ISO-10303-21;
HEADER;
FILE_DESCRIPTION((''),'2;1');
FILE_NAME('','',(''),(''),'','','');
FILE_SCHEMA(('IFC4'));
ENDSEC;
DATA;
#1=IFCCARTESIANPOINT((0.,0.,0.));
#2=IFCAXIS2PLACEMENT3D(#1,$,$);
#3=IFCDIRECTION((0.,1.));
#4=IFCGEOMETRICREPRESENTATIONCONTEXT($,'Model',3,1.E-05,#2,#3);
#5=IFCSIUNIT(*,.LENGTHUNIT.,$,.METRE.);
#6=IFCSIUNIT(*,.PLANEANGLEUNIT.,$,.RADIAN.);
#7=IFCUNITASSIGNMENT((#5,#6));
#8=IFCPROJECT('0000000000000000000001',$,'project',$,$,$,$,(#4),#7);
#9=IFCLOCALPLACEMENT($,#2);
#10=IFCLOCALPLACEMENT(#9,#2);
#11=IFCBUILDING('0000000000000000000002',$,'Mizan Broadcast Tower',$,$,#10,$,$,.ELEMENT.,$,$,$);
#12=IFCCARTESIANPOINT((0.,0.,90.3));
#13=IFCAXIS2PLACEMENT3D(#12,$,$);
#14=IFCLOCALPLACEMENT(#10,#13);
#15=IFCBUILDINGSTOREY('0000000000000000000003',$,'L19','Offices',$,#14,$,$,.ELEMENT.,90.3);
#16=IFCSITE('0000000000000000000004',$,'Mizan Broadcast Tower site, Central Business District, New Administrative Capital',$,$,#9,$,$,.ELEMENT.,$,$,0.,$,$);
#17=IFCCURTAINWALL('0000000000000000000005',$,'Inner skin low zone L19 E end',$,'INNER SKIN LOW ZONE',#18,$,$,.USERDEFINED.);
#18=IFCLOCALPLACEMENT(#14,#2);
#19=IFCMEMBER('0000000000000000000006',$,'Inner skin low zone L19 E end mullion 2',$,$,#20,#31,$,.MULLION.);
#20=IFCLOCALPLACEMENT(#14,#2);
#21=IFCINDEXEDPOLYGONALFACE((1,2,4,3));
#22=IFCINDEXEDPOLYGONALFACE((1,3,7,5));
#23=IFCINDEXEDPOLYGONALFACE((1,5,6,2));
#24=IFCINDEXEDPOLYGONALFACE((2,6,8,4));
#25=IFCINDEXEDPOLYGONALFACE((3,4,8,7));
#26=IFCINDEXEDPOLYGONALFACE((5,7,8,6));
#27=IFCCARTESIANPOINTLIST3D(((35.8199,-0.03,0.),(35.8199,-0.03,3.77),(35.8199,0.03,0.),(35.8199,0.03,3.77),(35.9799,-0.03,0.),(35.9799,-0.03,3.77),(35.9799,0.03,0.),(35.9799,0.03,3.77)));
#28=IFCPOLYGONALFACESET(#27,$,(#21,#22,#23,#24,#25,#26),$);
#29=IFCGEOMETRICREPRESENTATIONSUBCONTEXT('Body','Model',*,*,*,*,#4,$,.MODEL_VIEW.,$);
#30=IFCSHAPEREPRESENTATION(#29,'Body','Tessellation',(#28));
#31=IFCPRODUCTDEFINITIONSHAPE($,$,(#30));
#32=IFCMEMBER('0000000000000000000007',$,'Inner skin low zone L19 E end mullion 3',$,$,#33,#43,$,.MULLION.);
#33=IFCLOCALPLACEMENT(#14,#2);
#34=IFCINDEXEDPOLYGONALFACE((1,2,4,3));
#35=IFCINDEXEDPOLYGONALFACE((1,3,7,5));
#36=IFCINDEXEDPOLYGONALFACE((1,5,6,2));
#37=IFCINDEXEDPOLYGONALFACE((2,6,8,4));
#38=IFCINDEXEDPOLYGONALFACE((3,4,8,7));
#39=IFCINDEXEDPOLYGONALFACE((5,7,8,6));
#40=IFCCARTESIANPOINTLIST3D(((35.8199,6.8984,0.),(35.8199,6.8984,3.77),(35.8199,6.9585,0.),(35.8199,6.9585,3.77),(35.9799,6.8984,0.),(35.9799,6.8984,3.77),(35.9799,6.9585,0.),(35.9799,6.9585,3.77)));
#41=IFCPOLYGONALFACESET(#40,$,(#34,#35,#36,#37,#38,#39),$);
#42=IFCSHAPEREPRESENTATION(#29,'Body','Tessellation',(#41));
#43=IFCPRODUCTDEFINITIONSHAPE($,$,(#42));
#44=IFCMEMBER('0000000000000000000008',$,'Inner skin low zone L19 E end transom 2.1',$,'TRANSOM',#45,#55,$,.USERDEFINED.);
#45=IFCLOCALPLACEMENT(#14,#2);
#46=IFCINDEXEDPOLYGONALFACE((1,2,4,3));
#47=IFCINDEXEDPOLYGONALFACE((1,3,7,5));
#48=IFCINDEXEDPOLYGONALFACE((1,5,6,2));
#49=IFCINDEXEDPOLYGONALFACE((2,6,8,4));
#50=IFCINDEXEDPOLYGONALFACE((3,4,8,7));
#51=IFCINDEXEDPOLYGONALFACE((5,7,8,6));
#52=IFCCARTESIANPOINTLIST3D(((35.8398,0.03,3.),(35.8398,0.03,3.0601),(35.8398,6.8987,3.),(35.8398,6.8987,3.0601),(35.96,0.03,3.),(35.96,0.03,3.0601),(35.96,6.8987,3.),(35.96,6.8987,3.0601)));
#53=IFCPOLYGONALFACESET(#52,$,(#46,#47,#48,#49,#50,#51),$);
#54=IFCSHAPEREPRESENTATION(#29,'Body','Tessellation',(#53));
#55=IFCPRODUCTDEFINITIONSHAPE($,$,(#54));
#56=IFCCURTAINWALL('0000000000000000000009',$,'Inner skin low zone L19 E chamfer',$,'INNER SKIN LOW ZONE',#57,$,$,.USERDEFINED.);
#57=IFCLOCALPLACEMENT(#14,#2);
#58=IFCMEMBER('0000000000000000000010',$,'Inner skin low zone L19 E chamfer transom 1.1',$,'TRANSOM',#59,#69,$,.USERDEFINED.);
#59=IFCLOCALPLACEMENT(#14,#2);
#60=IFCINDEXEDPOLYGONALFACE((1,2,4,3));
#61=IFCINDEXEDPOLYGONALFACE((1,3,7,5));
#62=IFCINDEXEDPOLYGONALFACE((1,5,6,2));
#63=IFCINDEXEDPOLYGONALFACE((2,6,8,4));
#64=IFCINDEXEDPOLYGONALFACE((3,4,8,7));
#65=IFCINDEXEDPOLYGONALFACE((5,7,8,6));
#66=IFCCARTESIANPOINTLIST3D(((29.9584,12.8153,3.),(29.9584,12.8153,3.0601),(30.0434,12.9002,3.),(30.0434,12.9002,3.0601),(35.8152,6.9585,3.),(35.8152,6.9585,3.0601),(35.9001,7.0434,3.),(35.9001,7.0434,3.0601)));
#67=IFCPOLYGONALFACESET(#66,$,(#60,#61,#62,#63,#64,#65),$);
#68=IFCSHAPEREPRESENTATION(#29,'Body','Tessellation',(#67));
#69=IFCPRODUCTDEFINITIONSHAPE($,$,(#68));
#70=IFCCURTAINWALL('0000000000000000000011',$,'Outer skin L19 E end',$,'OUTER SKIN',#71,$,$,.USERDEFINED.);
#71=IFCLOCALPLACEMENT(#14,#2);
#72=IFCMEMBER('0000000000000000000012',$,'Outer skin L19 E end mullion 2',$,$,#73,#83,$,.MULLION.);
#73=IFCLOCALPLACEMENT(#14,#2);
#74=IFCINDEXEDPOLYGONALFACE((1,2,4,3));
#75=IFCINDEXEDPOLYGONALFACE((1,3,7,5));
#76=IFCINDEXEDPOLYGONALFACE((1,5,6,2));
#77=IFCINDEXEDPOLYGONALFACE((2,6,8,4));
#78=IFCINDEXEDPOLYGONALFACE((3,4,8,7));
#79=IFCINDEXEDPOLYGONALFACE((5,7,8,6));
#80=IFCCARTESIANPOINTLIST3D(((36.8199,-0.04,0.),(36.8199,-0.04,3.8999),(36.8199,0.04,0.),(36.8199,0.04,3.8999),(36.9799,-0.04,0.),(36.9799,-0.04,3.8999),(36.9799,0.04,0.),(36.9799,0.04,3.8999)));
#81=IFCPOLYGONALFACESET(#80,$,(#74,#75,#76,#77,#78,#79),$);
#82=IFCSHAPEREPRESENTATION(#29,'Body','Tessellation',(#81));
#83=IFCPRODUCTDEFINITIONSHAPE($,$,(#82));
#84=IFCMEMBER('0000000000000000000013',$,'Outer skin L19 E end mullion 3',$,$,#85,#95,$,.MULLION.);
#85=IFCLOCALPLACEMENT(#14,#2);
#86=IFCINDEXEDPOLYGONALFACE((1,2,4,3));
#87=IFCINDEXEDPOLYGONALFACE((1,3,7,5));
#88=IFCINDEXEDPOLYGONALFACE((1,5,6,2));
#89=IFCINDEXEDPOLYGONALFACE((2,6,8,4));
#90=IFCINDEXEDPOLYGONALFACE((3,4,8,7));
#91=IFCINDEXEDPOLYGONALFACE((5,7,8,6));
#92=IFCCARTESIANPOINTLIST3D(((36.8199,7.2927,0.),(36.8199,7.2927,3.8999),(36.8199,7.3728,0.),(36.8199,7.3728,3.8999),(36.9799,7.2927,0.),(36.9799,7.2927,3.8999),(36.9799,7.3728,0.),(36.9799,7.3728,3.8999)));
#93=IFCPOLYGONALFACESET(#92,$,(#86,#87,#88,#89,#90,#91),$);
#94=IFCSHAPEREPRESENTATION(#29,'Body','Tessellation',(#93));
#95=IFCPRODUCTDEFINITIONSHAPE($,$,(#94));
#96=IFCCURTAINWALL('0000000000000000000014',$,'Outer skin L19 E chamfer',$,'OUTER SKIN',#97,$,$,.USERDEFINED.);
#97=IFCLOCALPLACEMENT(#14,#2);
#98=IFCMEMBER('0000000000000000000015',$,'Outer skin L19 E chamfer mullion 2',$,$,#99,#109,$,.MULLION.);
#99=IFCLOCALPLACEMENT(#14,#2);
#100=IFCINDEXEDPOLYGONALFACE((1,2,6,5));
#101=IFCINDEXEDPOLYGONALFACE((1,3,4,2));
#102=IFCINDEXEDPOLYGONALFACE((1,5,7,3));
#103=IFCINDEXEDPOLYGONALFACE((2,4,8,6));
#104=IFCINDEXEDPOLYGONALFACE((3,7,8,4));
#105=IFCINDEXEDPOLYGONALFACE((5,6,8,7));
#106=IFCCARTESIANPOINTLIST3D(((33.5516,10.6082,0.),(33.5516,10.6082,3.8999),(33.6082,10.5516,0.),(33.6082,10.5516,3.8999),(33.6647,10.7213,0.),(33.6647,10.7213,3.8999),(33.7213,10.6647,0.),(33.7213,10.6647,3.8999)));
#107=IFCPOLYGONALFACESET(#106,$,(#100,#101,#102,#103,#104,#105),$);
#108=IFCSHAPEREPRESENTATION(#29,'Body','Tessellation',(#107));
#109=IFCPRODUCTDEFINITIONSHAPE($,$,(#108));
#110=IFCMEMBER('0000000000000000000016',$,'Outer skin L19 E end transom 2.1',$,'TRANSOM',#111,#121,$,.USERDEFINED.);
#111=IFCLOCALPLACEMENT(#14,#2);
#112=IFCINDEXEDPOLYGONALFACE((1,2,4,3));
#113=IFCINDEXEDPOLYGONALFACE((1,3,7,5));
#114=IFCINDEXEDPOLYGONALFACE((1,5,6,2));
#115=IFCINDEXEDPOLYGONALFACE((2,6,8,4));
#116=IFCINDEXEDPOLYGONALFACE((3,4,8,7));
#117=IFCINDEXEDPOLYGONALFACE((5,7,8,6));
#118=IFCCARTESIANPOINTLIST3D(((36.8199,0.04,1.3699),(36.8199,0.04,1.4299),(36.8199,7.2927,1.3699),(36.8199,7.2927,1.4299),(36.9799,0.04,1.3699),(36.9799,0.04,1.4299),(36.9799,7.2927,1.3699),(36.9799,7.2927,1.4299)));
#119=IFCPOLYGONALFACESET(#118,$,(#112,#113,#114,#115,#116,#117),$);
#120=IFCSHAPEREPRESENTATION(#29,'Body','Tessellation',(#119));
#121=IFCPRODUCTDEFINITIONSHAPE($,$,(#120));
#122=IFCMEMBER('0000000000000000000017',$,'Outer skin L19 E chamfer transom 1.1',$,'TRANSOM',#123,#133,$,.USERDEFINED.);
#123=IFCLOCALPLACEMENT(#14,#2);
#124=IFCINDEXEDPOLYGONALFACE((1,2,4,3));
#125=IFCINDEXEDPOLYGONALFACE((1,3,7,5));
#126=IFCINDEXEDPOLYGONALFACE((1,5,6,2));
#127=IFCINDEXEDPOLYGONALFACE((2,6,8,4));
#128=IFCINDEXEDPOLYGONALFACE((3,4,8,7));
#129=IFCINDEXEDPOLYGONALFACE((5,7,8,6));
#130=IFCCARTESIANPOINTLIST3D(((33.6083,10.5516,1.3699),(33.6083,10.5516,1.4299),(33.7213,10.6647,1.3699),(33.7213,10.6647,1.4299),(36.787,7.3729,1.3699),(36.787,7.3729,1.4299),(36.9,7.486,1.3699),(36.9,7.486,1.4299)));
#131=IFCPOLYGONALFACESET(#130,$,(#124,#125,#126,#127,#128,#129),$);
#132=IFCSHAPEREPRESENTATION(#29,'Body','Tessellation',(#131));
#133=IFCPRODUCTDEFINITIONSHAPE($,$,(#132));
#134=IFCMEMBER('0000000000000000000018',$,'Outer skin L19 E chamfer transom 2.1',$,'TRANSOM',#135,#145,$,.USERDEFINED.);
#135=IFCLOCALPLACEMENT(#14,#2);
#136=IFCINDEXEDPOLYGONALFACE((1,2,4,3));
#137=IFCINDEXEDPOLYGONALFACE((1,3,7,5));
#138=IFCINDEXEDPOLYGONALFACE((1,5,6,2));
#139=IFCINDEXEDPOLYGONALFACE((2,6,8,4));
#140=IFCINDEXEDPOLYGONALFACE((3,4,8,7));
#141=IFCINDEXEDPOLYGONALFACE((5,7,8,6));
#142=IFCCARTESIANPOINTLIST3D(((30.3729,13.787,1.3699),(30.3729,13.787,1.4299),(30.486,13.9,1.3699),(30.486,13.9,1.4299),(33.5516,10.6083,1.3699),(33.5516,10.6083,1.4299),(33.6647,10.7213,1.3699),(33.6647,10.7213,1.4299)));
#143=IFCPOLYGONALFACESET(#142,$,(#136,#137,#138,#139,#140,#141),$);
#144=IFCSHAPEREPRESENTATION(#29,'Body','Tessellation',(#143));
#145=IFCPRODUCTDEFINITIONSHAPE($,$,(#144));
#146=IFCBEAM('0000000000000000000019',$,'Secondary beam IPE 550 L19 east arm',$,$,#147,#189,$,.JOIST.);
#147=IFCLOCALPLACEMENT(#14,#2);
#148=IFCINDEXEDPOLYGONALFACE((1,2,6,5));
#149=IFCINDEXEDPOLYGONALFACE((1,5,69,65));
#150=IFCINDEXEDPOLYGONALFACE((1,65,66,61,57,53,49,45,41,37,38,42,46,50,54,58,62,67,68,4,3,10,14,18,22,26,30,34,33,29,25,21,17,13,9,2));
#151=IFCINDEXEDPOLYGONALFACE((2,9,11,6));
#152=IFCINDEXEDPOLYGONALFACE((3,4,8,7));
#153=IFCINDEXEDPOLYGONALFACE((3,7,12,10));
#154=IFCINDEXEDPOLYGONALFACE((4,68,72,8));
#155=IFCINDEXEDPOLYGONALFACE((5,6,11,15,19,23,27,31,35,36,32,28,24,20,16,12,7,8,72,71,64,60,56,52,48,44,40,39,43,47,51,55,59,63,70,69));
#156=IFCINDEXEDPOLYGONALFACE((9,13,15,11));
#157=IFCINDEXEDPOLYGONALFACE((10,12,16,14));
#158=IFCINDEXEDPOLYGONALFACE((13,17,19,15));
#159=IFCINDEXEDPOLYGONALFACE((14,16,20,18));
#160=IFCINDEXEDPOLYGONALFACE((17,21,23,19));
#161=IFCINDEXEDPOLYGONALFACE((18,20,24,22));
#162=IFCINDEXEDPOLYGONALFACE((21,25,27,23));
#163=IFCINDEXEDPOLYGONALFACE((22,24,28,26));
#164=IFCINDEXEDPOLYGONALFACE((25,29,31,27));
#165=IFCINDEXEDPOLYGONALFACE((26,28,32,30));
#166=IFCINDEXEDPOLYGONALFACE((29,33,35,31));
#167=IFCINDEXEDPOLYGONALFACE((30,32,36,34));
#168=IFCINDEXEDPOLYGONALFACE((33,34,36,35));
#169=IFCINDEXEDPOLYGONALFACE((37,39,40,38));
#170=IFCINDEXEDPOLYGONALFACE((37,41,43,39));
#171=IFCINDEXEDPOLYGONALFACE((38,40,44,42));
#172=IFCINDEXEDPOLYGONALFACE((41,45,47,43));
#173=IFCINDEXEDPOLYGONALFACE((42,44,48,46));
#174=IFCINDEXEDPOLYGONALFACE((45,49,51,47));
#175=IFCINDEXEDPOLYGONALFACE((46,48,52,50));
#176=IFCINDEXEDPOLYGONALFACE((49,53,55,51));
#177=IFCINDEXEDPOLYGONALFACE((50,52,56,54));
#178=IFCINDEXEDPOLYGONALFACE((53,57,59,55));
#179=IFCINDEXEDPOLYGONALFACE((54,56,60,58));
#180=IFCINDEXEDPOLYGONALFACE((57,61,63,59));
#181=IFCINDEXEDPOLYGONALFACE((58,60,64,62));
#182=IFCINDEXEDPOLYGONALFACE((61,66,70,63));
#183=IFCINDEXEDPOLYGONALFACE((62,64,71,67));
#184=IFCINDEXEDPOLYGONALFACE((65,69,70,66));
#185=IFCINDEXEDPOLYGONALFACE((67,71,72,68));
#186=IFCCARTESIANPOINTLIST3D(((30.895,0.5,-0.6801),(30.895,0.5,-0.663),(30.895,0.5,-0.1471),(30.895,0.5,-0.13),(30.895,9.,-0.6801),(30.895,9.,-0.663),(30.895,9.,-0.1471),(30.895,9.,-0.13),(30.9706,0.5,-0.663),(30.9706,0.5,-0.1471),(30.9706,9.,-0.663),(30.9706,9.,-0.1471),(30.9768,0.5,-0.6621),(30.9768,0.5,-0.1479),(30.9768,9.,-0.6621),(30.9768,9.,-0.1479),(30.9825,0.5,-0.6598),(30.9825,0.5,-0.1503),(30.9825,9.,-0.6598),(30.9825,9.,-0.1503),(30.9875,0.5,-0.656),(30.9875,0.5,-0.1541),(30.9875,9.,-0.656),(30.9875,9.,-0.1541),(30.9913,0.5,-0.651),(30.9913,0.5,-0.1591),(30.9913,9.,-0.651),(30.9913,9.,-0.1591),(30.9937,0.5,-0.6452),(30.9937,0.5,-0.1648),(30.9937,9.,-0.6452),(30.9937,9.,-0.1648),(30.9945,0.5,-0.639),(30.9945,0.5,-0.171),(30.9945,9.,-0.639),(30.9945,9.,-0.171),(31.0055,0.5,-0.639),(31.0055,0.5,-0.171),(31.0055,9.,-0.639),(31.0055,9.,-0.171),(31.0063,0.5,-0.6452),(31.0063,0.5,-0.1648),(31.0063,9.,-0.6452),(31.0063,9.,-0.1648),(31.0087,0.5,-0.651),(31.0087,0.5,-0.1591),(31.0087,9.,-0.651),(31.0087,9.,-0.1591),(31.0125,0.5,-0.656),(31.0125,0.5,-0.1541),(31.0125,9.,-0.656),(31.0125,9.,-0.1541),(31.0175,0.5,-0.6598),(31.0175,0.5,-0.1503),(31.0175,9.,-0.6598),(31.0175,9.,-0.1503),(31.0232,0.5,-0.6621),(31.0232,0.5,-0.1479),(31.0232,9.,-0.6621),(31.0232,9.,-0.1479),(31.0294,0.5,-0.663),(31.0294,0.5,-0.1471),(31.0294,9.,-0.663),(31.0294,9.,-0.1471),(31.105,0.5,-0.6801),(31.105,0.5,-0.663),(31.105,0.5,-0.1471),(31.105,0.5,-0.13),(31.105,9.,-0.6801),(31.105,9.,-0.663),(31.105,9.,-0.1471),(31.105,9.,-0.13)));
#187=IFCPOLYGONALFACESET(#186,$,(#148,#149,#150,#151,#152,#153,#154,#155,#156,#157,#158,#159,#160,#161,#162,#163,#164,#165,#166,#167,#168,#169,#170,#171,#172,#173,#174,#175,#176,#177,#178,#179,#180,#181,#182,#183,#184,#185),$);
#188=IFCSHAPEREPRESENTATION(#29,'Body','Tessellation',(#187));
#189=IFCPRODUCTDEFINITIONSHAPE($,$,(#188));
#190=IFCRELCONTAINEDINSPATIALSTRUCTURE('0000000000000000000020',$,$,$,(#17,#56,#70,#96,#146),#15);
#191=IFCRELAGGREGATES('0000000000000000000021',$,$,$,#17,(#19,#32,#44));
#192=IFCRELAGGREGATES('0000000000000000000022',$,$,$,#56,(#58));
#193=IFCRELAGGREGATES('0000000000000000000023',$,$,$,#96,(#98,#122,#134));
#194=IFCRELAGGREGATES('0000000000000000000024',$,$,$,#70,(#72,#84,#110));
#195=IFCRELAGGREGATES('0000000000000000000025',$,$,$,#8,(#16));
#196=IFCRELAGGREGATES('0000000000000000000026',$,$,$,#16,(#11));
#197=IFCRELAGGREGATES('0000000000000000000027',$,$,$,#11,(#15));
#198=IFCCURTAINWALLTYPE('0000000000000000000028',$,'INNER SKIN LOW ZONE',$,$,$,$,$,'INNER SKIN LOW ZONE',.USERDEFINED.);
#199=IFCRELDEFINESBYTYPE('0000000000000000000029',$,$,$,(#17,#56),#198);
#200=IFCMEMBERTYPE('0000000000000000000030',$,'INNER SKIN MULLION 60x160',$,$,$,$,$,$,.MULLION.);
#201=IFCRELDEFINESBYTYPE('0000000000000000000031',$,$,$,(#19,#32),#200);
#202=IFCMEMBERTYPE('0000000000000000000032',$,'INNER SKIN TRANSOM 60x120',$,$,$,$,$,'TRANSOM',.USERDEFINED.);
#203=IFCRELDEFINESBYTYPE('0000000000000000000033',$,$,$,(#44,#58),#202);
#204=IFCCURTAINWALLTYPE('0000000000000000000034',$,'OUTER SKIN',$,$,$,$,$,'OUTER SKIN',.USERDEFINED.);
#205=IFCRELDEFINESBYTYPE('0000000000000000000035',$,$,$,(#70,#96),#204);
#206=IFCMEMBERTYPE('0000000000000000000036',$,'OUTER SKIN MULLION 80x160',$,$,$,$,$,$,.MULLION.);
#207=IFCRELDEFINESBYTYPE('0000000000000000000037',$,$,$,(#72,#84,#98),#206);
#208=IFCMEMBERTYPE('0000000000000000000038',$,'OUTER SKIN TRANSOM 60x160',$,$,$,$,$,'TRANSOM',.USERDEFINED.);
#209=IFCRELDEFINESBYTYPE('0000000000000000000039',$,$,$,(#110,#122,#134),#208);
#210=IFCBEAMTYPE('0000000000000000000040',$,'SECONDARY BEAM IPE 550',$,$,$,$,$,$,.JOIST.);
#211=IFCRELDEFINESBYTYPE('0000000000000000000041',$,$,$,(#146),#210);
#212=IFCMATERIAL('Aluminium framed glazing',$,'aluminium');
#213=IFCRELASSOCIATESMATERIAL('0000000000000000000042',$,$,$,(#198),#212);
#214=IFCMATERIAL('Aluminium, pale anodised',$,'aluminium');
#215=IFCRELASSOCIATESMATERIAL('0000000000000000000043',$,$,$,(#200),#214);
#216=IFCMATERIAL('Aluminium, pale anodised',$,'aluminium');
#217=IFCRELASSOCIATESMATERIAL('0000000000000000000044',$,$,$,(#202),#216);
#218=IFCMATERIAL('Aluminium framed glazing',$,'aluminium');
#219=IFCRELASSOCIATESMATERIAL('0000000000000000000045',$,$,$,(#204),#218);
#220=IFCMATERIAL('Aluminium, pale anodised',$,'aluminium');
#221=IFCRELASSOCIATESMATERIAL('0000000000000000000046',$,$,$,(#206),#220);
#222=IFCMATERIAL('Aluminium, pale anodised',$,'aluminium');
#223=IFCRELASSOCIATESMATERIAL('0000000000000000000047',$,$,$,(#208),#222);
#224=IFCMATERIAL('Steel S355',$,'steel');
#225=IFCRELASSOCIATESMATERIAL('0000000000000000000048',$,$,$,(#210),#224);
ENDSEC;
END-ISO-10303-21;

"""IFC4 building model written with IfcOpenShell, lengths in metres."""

from ifc_helpers import new_model, si_unit, direction, frame, origin, origin_2d, place, context, subcontext, project, spatial, rectangle, i_section, extrude, material, material_profile, profile_set, type_object, element, aggregate, save


model = new_model("IFC4")

# Units and contexts
model_context = context("Model", 3, precision=1e-05, world=origin(), true_north=direction((0.0, 1.0)))
body_context = subcontext(model_context, "Body", "Model", "MODEL_VIEW")
ifc_project = project(units=[si_unit("LENGTHUNIT", "METRE"), si_unit("PLANEANGLEUNIT", "RADIAN")], contexts=[model_context])

# Site, building, storey
site_placement = place(None, origin())
site = spatial("IfcSite", under=ifc_project, at=site_placement, Name="Mizan Broadcast Tower site, Central Business District, New Administrative Capital", CompositionType="ELEMENT", RefElevation=0.0)
building_placement = place(site_placement, origin())
building = spatial("IfcBuilding", under=site, at=building_placement, Name="Mizan Broadcast Tower", CompositionType="ELEMENT")
storey_placement = place(building_placement, frame((0.0, 0.0, 90.3)))
storey = spatial("IfcBuildingStorey", under=building, at=storey_placement, Name="L19", Description="Offices", CompositionType="ELEMENT", Elevation=90.3)

# Curtain wall, members
ifc_material_1 = material(Name="Aluminium framed glazing", Category="aluminium")
curtain_wall_type_1 = type_object("IfcCurtainWallType", Name="INNER SKIN LOW ZONE", ElementType="INNER SKIN LOW ZONE", PredefinedType="USERDEFINED", material=ifc_material_1)
curtain_wall_1_placement = place(storey_placement, origin())
curtain_wall_1 = element("IfcCurtainWall", 1, at=curtain_wall_1_placement, inside=storey, type_object=curtain_wall_type_1, Name="Inner skin low zone L19 E end", ObjectType="INNER SKIN LOW ZONE", PredefinedType="USERDEFINED")
ifc_material_2 = material(Name="Aluminium, pale anodised", Category="aluminium")
ifc_material_profile_1 = material_profile(ifc_material_2, rectangle(XDim=0.1599, YDim=0.0601, at=origin_2d()), Name="MULLION 160x60")
ifc_profile_set_1 = profile_set([ifc_material_profile_1], Name="Aluminium, pale anodised")
member_type_1 = type_object("IfcMemberType", Name="INNER SKIN MULLION 60x160", PredefinedType="MULLION", material=ifc_profile_set_1)
member_1_placement = place(storey_placement, frame((35.8999, 0.0, 0.0), z_axis=(0.0, 0.0, 1.0), x_axis=(-1.0, 0.0, 0.0)))
member_1 = element("IfcMember", 2, at=member_1_placement, type_object=member_type_1, Name="Inner skin low zone L19 E end mullion 2", PredefinedType="MULLION", context=body_context, shape_type="SweptSolid", body=[
    extrude(rectangle(XDim=0.1599, YDim=0.0601, at=origin_2d()), origin(), (0.0, 0.0, 1.0), 3.77),
])
member_2_placement = place(storey_placement, frame((35.8999, 6.9285, 0.0), z_axis=(0.0, 0.0, 1.0), x_axis=(-1.0, 0.0, 0.0)))
member_2 = element("IfcMember", 3, at=member_2_placement, type_object=member_type_1, Name="Inner skin low zone L19 E end mullion 3", PredefinedType="MULLION", context=body_context, shape_type="SweptSolid", body=[
    extrude(rectangle(XDim=0.1599, YDim=0.0601, at=origin_2d()), origin(), (0.0, 0.0, 1.0), 3.77),
])
ifc_material_3 = material(Name="Aluminium, pale anodised", Category="aluminium")
ifc_material_profile_2 = material_profile(ifc_material_3, rectangle(XDim=0.1201, YDim=0.0601, at=origin_2d()), Name="TRANSOM 120x60")
ifc_profile_set_2 = profile_set([ifc_material_profile_2], Name="Aluminium, pale anodised")
member_type_2 = type_object("IfcMemberType", Name="INNER SKIN TRANSOM 60x120", ElementType="TRANSOM", PredefinedType="USERDEFINED", material=ifc_profile_set_2)
member_3_placement = place(storey_placement, frame((35.8999, 0.03, 3.03), z_axis=(0.0, 1.0, 0.0), x_axis=(-1.0, 0.0, 0.0)))
member_3 = element("IfcMember", 4, at=member_3_placement, type_object=member_type_2, Name="Inner skin low zone L19 E end transom 2.1", ObjectType="TRANSOM", PredefinedType="USERDEFINED", context=body_context, shape_type="SweptSolid", body=[
    extrude(rectangle(XDim=0.1201, YDim=0.0601, at=origin_2d()), origin(), (0.0, 0.0, 1.0), 6.8687),
])

# Curtain wall, member
curtain_wall_2_placement = place(storey_placement, origin())
curtain_wall_2 = element("IfcCurtainWall", 5, at=curtain_wall_2_placement, inside=storey, type_object=curtain_wall_type_1, Name="Inner skin low zone L19 E chamfer", ObjectType="INNER SKIN LOW ZONE", PredefinedType="USERDEFINED")
member_4_placement = place(storey_placement, frame((35.8577, 7.001, 3.03), z_axis=(-0.707107, 0.707107, 0.0), x_axis=(-0.707107, -0.707107, 0.0)))
member_4 = element("IfcMember", 6, at=member_4_placement, type_object=member_type_2, Name="Inner skin low zone L19 E chamfer transom 1.1", ObjectType="TRANSOM", PredefinedType="USERDEFINED", context=body_context, shape_type="SweptSolid", body=[
    extrude(rectangle(XDim=0.1201, YDim=0.0601, at=origin_2d()), origin(), (0.0, 0.0, 1.0), 8.2827),
])

# Curtain wall, members
ifc_material_4 = material(Name="Aluminium framed glazing", Category="aluminium")
curtain_wall_type_2 = type_object("IfcCurtainWallType", Name="OUTER SKIN", ElementType="OUTER SKIN", PredefinedType="USERDEFINED", material=ifc_material_4)
curtain_wall_3_placement = place(storey_placement, origin())
curtain_wall_3 = element("IfcCurtainWall", 7, at=curtain_wall_3_placement, inside=storey, type_object=curtain_wall_type_2, Name="Outer skin L19 E end", ObjectType="OUTER SKIN", PredefinedType="USERDEFINED")
ifc_material_5 = material(Name="Aluminium, pale anodised", Category="aluminium")
ifc_material_profile_3 = material_profile(ifc_material_5, rectangle(XDim=0.1599, YDim=0.0801, at=origin_2d()), Name="MULLION 160x80")
ifc_profile_set_3 = profile_set([ifc_material_profile_3], Name="Aluminium, pale anodised")
member_type_3 = type_object("IfcMemberType", Name="OUTER SKIN MULLION 80x160", PredefinedType="MULLION", material=ifc_profile_set_3)
member_5_placement = place(storey_placement, frame((36.8999, 0.0, 0.0), z_axis=(0.0, 0.0, 1.0), x_axis=(-1.0, 0.0, 0.0)))
member_5 = element("IfcMember", 8, at=member_5_placement, type_object=member_type_3, Name="Outer skin L19 E end mullion 2", PredefinedType="MULLION", context=body_context, shape_type="SweptSolid", body=[
    extrude(rectangle(XDim=0.1599, YDim=0.0801, at=origin_2d()), origin(), (0.0, 0.0, 1.0), 3.8999),
])
member_6_placement = place(storey_placement, frame((36.8999, 7.3328, 0.0), z_axis=(0.0, 0.0, 1.0), x_axis=(-1.0, 0.0, 0.0)))
member_6 = element("IfcMember", 9, at=member_6_placement, type_object=member_type_3, Name="Outer skin L19 E end mullion 3", PredefinedType="MULLION", context=body_context, shape_type="SweptSolid", body=[
    extrude(rectangle(XDim=0.1599, YDim=0.0801, at=origin_2d()), origin(), (0.0, 0.0, 1.0), 3.8999),
])

# Curtain wall, member
curtain_wall_4_placement = place(storey_placement, origin())
curtain_wall_4 = element("IfcCurtainWall", 10, at=curtain_wall_4_placement, inside=storey, type_object=curtain_wall_type_2, Name="Outer skin L19 E chamfer", ObjectType="OUTER SKIN", PredefinedType="USERDEFINED")
member_7_placement = place(storey_placement, frame((33.6365, 10.6365, 0.0), z_axis=(0.0, 0.0, 1.0), x_axis=(-0.707107, -0.707107, 0.0)))
member_7 = element("IfcMember", 11, at=member_7_placement, type_object=member_type_3, Name="Outer skin L19 E chamfer mullion 2", PredefinedType="MULLION", context=body_context, shape_type="SweptSolid", body=[
    extrude(rectangle(XDim=0.1599, YDim=0.0801, at=origin_2d()), origin(), (0.0, 0.0, 1.0), 3.8999),
])

# Members
ifc_material_6 = material(Name="Aluminium, pale anodised", Category="aluminium")
ifc_material_profile_4 = material_profile(ifc_material_6, rectangle(XDim=0.1599, YDim=0.0601, at=origin_2d()), Name="TRANSOM 160x60")
ifc_profile_set_4 = profile_set([ifc_material_profile_4], Name="Aluminium, pale anodised")
member_type_4 = type_object("IfcMemberType", Name="OUTER SKIN TRANSOM 60x160", ElementType="TRANSOM", PredefinedType="USERDEFINED", material=ifc_profile_set_4)
member_8_placement = place(storey_placement, frame((36.8999, 0.04, 1.3999), z_axis=(0.0, 1.0, 0.0), x_axis=(-1.0, 0.0, 0.0)))
member_8 = element("IfcMember", 12, at=member_8_placement, type_object=member_type_4, Name="Outer skin L19 E end transom 2.1", ObjectType="TRANSOM", PredefinedType="USERDEFINED", context=body_context, shape_type="SweptSolid", body=[
    extrude(rectangle(XDim=0.1599, YDim=0.0601, at=origin_2d()), origin(), (0.0, 0.0, 1.0), 7.2527),
])
member_9_placement = place(storey_placement, frame((36.8435, 7.4294, 1.3999), z_axis=(-0.707107, 0.707107, 0.0), x_axis=(-0.707107, -0.707107, 0.0)))
member_9 = element("IfcMember", 13, at=member_9_placement, type_object=member_type_4, Name="Outer skin L19 E chamfer transom 1.1", ObjectType="TRANSOM", PredefinedType="USERDEFINED", context=body_context, shape_type="SweptSolid", body=[
    extrude(rectangle(XDim=0.1599, YDim=0.0601, at=origin_2d()), origin(), (0.0, 0.0, 1.0), 4.4954),
])
member_10_placement = place(storey_placement, frame((33.6082, 10.6648, 1.3999), z_axis=(-0.707107, 0.707107, 0.0), x_axis=(-0.707107, -0.707107, 0.0)))
member_10 = element("IfcMember", 14, at=member_10_placement, type_object=member_type_4, Name="Outer skin L19 E chamfer transom 2.1", ObjectType="TRANSOM", PredefinedType="USERDEFINED", context=body_context, shape_type="SweptSolid", body=[
    extrude(rectangle(XDim=0.1599, YDim=0.0601, at=origin_2d()), origin(), (0.0, 0.0, 1.0), 4.4954),
])

# Beam
ifc_material_7 = material(Name="Steel S355", Category="steel")
ifc_material_profile_5 = material_profile(ifc_material_7, i_section(OverallWidth=0.21, OverallDepth=0.55, WebThickness=0.011, FlangeThickness=0.0171, FilletRadius=0.0239, at=origin_2d()), Name="IPE 550")
ifc_profile_set_5 = profile_set([ifc_material_profile_5], Name="Steel S355")
beam_type_1 = type_object("IfcBeamType", Name="SECONDARY BEAM IPE 550", PredefinedType="JOIST", material=ifc_profile_set_5)
beam_1_placement = place(storey_placement, frame((31.0, 9.0, -0.405), z_axis=(0.0, -1.0, 0.0), x_axis=(1.0, 0.0, 0.0)))
element("IfcBeam", 15, at=beam_1_placement, inside=storey, type_object=beam_type_1, Name="Secondary beam IPE 550 L19 east arm", PredefinedType="JOIST", context=body_context, shape_type="SweptSolid", body=[
    extrude(i_section(OverallWidth=0.21, OverallDepth=0.55, WebThickness=0.011, FlangeThickness=0.0171, FilletRadius=0.0239, at=origin_2d()), origin(), (0.0, 0.0, 1.0), 8.5),
])

aggregate(curtain_wall_1, [member_1, member_2, member_3])
aggregate(curtain_wall_2, [member_4])
aggregate(curtain_wall_4, [member_7, member_9, member_10])
aggregate(curtain_wall_3, [member_5, member_6, member_8])

save(model, "model.ifc")
